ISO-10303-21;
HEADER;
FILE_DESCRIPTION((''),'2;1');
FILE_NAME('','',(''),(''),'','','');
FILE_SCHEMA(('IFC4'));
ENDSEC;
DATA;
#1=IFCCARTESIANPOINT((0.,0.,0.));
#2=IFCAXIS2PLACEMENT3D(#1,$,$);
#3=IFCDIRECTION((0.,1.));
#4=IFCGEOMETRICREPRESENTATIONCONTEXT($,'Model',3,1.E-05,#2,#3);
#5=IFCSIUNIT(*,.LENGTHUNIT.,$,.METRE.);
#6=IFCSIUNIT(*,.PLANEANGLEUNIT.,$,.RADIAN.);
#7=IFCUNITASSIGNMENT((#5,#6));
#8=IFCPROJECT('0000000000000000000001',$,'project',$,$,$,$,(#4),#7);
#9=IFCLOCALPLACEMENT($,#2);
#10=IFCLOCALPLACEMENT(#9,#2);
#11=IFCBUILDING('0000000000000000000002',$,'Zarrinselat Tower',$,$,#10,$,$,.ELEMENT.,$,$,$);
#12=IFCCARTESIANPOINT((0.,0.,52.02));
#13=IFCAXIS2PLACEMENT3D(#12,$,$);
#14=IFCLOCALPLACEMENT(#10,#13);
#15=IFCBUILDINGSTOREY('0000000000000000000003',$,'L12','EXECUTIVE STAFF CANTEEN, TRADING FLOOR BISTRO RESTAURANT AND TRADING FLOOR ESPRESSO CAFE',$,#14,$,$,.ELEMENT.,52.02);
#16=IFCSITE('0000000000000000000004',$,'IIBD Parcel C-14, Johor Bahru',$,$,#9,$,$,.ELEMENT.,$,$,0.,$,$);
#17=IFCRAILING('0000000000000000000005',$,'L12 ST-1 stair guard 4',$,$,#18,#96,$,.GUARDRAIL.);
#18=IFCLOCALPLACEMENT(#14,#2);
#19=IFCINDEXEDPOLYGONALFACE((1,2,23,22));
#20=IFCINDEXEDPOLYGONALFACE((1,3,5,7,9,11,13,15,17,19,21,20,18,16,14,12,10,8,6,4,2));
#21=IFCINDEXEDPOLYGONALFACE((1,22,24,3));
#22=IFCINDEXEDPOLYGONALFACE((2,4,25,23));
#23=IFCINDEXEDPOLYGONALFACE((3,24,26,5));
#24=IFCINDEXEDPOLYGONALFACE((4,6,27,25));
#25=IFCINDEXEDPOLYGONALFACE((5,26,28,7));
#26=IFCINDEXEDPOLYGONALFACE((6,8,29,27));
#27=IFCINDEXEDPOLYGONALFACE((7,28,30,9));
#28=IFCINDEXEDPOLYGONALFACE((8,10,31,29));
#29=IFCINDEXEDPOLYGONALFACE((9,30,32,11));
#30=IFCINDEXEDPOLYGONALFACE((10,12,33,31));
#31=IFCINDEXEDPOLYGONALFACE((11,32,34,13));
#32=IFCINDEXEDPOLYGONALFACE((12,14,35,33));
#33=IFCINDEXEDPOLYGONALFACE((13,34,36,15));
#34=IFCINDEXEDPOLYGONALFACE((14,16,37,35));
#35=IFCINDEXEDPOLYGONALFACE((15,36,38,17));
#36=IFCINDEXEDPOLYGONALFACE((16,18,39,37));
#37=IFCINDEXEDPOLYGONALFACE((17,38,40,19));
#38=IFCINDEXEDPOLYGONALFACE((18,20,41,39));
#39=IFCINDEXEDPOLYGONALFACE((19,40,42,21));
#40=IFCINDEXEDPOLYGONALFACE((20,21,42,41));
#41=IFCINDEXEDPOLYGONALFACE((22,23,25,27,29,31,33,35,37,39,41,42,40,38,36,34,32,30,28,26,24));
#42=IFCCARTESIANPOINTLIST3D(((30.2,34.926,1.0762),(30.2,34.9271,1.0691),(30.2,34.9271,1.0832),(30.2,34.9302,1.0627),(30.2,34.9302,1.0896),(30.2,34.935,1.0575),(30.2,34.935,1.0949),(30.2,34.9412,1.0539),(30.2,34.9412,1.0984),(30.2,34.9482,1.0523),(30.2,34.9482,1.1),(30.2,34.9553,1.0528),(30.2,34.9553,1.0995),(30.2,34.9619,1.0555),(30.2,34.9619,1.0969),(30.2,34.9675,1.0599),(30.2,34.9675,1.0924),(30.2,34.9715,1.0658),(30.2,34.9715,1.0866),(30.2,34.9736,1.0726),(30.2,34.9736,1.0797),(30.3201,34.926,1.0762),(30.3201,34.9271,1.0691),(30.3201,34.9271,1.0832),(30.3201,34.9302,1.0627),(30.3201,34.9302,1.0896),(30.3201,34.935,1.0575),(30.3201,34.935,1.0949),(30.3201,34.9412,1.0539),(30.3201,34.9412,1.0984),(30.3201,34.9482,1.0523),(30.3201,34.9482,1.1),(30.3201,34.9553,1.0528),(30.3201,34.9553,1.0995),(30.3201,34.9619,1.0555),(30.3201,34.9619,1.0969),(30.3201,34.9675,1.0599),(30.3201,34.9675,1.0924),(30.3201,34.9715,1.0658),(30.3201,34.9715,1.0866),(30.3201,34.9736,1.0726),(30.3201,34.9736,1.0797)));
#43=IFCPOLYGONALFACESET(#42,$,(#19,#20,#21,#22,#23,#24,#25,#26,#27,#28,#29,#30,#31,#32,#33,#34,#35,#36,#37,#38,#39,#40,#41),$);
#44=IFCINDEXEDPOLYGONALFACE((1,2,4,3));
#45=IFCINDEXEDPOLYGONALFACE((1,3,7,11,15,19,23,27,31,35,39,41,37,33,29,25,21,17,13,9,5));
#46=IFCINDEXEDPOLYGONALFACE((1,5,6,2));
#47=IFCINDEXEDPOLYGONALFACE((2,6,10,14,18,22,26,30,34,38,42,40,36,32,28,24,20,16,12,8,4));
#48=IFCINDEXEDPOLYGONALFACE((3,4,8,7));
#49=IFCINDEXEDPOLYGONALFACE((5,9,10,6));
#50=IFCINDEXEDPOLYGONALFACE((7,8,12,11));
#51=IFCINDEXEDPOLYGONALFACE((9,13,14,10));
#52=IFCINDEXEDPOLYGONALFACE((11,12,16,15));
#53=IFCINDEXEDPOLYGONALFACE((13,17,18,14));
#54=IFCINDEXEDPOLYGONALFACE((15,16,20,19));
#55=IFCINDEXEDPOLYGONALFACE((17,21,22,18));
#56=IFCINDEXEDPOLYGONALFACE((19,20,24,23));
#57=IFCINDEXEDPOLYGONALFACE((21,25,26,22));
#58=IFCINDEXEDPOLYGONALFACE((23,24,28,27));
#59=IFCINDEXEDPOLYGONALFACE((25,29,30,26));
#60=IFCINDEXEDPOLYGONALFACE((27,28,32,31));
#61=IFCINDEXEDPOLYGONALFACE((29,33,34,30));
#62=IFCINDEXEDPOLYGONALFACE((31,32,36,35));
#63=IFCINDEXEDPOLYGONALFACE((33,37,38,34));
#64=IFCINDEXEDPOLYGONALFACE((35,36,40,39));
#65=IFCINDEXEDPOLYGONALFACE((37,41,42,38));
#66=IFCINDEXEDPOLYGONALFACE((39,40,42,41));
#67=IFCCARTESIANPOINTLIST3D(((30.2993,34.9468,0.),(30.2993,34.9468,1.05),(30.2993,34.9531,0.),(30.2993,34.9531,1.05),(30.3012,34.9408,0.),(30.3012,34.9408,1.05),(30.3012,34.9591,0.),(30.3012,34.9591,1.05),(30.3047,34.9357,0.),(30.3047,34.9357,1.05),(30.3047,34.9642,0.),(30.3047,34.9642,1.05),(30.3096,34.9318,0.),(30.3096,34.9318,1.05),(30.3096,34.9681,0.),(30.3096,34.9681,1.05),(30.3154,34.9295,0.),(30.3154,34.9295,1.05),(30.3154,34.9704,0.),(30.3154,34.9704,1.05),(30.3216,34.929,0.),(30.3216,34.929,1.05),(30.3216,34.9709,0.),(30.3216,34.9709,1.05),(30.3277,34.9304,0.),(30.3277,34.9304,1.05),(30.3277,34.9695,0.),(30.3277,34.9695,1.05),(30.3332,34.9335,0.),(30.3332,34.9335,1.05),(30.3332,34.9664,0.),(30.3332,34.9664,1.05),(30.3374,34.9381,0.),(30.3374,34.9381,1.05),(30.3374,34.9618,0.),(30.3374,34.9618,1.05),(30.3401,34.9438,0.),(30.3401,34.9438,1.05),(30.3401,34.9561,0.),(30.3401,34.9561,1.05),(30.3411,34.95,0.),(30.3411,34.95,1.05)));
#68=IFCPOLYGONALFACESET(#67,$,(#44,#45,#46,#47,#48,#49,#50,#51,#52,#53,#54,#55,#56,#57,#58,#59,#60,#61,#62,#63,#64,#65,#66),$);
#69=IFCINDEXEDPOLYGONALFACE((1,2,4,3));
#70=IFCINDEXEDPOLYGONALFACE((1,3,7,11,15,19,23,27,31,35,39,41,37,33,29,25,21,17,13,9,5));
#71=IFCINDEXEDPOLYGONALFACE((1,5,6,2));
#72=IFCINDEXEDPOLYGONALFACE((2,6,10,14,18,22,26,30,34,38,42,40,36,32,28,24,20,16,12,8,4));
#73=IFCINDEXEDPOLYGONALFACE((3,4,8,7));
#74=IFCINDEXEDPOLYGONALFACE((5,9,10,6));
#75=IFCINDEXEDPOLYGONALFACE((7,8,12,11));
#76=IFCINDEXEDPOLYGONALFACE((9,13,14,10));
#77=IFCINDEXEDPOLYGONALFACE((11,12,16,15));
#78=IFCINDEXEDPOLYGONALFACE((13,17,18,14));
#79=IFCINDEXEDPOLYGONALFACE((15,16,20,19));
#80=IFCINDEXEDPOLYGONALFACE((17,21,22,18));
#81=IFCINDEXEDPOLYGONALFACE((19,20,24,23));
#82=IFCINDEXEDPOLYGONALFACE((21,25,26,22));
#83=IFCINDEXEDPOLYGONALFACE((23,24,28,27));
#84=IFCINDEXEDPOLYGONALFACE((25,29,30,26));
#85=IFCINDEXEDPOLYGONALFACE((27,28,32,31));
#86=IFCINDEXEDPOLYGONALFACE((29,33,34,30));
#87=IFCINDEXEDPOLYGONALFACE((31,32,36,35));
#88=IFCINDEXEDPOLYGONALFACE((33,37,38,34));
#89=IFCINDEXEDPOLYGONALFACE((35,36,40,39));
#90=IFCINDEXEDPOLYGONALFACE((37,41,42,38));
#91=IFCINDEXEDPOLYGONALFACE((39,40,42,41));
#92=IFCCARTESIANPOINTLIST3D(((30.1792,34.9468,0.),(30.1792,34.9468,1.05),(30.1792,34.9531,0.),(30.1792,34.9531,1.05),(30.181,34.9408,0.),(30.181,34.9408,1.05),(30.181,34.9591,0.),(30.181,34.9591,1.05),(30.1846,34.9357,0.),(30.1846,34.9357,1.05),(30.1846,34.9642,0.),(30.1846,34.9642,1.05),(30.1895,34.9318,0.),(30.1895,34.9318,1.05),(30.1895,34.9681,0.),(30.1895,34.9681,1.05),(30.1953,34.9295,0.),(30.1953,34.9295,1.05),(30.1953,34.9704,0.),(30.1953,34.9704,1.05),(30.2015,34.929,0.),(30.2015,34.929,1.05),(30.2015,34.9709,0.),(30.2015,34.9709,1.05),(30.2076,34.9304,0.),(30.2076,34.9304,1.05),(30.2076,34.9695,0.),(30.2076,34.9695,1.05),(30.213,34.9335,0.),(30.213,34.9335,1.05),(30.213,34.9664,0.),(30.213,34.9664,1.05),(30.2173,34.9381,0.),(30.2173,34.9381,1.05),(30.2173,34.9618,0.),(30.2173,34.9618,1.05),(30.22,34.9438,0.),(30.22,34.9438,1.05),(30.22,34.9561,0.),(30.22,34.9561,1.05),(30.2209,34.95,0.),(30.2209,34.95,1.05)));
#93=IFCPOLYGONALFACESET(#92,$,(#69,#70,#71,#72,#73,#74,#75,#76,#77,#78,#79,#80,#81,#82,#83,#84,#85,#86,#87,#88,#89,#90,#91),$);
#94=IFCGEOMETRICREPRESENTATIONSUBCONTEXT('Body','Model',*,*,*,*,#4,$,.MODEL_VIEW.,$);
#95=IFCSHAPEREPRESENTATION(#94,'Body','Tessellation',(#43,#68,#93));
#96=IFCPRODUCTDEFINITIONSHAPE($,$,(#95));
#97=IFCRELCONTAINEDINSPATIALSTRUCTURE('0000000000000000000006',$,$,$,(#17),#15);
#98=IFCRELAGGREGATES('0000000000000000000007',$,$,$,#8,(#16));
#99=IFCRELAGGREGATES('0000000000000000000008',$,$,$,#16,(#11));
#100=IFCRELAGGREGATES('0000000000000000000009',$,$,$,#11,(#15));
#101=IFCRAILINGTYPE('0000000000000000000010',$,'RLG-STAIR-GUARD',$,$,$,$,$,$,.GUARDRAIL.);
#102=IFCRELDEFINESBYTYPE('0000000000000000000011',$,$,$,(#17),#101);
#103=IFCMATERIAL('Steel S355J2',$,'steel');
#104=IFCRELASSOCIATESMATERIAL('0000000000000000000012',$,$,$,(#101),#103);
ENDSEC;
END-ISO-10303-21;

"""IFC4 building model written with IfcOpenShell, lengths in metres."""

from ifc_helpers import new_model, si_unit, direction, frame, origin, origin_2d, place, context, subcontext, project, spatial, circle, extrude, material, type_object, element, save


model = new_model("IFC4")

# Units and contexts
model_context = context("Model", 3, precision=1e-05, world=origin(), true_north=direction((0.0, 1.0)))
body_context = subcontext(model_context, "Body", "Model", "MODEL_VIEW")
ifc_project = project(units=[si_unit("LENGTHUNIT", "METRE"), si_unit("PLANEANGLEUNIT", "RADIAN")], contexts=[model_context])

# Site, building, storey
site_placement = place(None, origin())
site = spatial("IfcSite", under=ifc_project, at=site_placement, Name="IIBD Parcel C-14, Johor Bahru", CompositionType="ELEMENT", RefElevation=0.0)
building_placement = place(site_placement, origin())
building = spatial("IfcBuilding", under=site, at=building_placement, Name="Zarrinselat Tower", CompositionType="ELEMENT")
storey_placement = place(building_placement, frame((0.0, 0.0, 52.02)))
storey = spatial("IfcBuildingStorey", under=building, at=storey_placement, Name="L12", Description="EXECUTIVE STAFF CANTEEN, TRADING FLOOR BISTRO RESTAURANT AND TRADING FLOOR ESPRESSO CAFE", CompositionType="ELEMENT", Elevation=52.02)

# Railing
ifc_material_1 = material(Name="Steel S355J2", Category="steel")
railing_type_1 = type_object("IfcRailingType", Name="RLG-STAIR-GUARD", PredefinedType="GUARDRAIL", material=ifc_material_1)
railing_1_placement = place(storey_placement, frame((30.3201, 34.95, 0.0)))
element("IfcRailing", 1, at=railing_1_placement, inside=storey, type_object=railing_type_1, Name="L12 ST-1 stair guard 4", PredefinedType="GUARDRAIL", context=body_context, shape_type="SweptSolid", body=[
    extrude(circle(Radius=0.0239, at=origin_2d()), frame((0.0, 0.0, 1.0762), z_axis=(-1.0, 0.0, 0.0), x_axis=(0.0, -1.0, 0.0)), (0.0, 0.0, 1.0), 0.1201),
    extrude(circle(Radius=0.021, at=origin_2d()), origin(), (0.0, 0.0, 1.0), 1.05),
    extrude(circle(Radius=0.021, at=origin_2d()), frame((-0.1201, 0.0, 0.0)), (0.0, 0.0, 1.0), 1.05),
])

save(model, "model.ifc")
